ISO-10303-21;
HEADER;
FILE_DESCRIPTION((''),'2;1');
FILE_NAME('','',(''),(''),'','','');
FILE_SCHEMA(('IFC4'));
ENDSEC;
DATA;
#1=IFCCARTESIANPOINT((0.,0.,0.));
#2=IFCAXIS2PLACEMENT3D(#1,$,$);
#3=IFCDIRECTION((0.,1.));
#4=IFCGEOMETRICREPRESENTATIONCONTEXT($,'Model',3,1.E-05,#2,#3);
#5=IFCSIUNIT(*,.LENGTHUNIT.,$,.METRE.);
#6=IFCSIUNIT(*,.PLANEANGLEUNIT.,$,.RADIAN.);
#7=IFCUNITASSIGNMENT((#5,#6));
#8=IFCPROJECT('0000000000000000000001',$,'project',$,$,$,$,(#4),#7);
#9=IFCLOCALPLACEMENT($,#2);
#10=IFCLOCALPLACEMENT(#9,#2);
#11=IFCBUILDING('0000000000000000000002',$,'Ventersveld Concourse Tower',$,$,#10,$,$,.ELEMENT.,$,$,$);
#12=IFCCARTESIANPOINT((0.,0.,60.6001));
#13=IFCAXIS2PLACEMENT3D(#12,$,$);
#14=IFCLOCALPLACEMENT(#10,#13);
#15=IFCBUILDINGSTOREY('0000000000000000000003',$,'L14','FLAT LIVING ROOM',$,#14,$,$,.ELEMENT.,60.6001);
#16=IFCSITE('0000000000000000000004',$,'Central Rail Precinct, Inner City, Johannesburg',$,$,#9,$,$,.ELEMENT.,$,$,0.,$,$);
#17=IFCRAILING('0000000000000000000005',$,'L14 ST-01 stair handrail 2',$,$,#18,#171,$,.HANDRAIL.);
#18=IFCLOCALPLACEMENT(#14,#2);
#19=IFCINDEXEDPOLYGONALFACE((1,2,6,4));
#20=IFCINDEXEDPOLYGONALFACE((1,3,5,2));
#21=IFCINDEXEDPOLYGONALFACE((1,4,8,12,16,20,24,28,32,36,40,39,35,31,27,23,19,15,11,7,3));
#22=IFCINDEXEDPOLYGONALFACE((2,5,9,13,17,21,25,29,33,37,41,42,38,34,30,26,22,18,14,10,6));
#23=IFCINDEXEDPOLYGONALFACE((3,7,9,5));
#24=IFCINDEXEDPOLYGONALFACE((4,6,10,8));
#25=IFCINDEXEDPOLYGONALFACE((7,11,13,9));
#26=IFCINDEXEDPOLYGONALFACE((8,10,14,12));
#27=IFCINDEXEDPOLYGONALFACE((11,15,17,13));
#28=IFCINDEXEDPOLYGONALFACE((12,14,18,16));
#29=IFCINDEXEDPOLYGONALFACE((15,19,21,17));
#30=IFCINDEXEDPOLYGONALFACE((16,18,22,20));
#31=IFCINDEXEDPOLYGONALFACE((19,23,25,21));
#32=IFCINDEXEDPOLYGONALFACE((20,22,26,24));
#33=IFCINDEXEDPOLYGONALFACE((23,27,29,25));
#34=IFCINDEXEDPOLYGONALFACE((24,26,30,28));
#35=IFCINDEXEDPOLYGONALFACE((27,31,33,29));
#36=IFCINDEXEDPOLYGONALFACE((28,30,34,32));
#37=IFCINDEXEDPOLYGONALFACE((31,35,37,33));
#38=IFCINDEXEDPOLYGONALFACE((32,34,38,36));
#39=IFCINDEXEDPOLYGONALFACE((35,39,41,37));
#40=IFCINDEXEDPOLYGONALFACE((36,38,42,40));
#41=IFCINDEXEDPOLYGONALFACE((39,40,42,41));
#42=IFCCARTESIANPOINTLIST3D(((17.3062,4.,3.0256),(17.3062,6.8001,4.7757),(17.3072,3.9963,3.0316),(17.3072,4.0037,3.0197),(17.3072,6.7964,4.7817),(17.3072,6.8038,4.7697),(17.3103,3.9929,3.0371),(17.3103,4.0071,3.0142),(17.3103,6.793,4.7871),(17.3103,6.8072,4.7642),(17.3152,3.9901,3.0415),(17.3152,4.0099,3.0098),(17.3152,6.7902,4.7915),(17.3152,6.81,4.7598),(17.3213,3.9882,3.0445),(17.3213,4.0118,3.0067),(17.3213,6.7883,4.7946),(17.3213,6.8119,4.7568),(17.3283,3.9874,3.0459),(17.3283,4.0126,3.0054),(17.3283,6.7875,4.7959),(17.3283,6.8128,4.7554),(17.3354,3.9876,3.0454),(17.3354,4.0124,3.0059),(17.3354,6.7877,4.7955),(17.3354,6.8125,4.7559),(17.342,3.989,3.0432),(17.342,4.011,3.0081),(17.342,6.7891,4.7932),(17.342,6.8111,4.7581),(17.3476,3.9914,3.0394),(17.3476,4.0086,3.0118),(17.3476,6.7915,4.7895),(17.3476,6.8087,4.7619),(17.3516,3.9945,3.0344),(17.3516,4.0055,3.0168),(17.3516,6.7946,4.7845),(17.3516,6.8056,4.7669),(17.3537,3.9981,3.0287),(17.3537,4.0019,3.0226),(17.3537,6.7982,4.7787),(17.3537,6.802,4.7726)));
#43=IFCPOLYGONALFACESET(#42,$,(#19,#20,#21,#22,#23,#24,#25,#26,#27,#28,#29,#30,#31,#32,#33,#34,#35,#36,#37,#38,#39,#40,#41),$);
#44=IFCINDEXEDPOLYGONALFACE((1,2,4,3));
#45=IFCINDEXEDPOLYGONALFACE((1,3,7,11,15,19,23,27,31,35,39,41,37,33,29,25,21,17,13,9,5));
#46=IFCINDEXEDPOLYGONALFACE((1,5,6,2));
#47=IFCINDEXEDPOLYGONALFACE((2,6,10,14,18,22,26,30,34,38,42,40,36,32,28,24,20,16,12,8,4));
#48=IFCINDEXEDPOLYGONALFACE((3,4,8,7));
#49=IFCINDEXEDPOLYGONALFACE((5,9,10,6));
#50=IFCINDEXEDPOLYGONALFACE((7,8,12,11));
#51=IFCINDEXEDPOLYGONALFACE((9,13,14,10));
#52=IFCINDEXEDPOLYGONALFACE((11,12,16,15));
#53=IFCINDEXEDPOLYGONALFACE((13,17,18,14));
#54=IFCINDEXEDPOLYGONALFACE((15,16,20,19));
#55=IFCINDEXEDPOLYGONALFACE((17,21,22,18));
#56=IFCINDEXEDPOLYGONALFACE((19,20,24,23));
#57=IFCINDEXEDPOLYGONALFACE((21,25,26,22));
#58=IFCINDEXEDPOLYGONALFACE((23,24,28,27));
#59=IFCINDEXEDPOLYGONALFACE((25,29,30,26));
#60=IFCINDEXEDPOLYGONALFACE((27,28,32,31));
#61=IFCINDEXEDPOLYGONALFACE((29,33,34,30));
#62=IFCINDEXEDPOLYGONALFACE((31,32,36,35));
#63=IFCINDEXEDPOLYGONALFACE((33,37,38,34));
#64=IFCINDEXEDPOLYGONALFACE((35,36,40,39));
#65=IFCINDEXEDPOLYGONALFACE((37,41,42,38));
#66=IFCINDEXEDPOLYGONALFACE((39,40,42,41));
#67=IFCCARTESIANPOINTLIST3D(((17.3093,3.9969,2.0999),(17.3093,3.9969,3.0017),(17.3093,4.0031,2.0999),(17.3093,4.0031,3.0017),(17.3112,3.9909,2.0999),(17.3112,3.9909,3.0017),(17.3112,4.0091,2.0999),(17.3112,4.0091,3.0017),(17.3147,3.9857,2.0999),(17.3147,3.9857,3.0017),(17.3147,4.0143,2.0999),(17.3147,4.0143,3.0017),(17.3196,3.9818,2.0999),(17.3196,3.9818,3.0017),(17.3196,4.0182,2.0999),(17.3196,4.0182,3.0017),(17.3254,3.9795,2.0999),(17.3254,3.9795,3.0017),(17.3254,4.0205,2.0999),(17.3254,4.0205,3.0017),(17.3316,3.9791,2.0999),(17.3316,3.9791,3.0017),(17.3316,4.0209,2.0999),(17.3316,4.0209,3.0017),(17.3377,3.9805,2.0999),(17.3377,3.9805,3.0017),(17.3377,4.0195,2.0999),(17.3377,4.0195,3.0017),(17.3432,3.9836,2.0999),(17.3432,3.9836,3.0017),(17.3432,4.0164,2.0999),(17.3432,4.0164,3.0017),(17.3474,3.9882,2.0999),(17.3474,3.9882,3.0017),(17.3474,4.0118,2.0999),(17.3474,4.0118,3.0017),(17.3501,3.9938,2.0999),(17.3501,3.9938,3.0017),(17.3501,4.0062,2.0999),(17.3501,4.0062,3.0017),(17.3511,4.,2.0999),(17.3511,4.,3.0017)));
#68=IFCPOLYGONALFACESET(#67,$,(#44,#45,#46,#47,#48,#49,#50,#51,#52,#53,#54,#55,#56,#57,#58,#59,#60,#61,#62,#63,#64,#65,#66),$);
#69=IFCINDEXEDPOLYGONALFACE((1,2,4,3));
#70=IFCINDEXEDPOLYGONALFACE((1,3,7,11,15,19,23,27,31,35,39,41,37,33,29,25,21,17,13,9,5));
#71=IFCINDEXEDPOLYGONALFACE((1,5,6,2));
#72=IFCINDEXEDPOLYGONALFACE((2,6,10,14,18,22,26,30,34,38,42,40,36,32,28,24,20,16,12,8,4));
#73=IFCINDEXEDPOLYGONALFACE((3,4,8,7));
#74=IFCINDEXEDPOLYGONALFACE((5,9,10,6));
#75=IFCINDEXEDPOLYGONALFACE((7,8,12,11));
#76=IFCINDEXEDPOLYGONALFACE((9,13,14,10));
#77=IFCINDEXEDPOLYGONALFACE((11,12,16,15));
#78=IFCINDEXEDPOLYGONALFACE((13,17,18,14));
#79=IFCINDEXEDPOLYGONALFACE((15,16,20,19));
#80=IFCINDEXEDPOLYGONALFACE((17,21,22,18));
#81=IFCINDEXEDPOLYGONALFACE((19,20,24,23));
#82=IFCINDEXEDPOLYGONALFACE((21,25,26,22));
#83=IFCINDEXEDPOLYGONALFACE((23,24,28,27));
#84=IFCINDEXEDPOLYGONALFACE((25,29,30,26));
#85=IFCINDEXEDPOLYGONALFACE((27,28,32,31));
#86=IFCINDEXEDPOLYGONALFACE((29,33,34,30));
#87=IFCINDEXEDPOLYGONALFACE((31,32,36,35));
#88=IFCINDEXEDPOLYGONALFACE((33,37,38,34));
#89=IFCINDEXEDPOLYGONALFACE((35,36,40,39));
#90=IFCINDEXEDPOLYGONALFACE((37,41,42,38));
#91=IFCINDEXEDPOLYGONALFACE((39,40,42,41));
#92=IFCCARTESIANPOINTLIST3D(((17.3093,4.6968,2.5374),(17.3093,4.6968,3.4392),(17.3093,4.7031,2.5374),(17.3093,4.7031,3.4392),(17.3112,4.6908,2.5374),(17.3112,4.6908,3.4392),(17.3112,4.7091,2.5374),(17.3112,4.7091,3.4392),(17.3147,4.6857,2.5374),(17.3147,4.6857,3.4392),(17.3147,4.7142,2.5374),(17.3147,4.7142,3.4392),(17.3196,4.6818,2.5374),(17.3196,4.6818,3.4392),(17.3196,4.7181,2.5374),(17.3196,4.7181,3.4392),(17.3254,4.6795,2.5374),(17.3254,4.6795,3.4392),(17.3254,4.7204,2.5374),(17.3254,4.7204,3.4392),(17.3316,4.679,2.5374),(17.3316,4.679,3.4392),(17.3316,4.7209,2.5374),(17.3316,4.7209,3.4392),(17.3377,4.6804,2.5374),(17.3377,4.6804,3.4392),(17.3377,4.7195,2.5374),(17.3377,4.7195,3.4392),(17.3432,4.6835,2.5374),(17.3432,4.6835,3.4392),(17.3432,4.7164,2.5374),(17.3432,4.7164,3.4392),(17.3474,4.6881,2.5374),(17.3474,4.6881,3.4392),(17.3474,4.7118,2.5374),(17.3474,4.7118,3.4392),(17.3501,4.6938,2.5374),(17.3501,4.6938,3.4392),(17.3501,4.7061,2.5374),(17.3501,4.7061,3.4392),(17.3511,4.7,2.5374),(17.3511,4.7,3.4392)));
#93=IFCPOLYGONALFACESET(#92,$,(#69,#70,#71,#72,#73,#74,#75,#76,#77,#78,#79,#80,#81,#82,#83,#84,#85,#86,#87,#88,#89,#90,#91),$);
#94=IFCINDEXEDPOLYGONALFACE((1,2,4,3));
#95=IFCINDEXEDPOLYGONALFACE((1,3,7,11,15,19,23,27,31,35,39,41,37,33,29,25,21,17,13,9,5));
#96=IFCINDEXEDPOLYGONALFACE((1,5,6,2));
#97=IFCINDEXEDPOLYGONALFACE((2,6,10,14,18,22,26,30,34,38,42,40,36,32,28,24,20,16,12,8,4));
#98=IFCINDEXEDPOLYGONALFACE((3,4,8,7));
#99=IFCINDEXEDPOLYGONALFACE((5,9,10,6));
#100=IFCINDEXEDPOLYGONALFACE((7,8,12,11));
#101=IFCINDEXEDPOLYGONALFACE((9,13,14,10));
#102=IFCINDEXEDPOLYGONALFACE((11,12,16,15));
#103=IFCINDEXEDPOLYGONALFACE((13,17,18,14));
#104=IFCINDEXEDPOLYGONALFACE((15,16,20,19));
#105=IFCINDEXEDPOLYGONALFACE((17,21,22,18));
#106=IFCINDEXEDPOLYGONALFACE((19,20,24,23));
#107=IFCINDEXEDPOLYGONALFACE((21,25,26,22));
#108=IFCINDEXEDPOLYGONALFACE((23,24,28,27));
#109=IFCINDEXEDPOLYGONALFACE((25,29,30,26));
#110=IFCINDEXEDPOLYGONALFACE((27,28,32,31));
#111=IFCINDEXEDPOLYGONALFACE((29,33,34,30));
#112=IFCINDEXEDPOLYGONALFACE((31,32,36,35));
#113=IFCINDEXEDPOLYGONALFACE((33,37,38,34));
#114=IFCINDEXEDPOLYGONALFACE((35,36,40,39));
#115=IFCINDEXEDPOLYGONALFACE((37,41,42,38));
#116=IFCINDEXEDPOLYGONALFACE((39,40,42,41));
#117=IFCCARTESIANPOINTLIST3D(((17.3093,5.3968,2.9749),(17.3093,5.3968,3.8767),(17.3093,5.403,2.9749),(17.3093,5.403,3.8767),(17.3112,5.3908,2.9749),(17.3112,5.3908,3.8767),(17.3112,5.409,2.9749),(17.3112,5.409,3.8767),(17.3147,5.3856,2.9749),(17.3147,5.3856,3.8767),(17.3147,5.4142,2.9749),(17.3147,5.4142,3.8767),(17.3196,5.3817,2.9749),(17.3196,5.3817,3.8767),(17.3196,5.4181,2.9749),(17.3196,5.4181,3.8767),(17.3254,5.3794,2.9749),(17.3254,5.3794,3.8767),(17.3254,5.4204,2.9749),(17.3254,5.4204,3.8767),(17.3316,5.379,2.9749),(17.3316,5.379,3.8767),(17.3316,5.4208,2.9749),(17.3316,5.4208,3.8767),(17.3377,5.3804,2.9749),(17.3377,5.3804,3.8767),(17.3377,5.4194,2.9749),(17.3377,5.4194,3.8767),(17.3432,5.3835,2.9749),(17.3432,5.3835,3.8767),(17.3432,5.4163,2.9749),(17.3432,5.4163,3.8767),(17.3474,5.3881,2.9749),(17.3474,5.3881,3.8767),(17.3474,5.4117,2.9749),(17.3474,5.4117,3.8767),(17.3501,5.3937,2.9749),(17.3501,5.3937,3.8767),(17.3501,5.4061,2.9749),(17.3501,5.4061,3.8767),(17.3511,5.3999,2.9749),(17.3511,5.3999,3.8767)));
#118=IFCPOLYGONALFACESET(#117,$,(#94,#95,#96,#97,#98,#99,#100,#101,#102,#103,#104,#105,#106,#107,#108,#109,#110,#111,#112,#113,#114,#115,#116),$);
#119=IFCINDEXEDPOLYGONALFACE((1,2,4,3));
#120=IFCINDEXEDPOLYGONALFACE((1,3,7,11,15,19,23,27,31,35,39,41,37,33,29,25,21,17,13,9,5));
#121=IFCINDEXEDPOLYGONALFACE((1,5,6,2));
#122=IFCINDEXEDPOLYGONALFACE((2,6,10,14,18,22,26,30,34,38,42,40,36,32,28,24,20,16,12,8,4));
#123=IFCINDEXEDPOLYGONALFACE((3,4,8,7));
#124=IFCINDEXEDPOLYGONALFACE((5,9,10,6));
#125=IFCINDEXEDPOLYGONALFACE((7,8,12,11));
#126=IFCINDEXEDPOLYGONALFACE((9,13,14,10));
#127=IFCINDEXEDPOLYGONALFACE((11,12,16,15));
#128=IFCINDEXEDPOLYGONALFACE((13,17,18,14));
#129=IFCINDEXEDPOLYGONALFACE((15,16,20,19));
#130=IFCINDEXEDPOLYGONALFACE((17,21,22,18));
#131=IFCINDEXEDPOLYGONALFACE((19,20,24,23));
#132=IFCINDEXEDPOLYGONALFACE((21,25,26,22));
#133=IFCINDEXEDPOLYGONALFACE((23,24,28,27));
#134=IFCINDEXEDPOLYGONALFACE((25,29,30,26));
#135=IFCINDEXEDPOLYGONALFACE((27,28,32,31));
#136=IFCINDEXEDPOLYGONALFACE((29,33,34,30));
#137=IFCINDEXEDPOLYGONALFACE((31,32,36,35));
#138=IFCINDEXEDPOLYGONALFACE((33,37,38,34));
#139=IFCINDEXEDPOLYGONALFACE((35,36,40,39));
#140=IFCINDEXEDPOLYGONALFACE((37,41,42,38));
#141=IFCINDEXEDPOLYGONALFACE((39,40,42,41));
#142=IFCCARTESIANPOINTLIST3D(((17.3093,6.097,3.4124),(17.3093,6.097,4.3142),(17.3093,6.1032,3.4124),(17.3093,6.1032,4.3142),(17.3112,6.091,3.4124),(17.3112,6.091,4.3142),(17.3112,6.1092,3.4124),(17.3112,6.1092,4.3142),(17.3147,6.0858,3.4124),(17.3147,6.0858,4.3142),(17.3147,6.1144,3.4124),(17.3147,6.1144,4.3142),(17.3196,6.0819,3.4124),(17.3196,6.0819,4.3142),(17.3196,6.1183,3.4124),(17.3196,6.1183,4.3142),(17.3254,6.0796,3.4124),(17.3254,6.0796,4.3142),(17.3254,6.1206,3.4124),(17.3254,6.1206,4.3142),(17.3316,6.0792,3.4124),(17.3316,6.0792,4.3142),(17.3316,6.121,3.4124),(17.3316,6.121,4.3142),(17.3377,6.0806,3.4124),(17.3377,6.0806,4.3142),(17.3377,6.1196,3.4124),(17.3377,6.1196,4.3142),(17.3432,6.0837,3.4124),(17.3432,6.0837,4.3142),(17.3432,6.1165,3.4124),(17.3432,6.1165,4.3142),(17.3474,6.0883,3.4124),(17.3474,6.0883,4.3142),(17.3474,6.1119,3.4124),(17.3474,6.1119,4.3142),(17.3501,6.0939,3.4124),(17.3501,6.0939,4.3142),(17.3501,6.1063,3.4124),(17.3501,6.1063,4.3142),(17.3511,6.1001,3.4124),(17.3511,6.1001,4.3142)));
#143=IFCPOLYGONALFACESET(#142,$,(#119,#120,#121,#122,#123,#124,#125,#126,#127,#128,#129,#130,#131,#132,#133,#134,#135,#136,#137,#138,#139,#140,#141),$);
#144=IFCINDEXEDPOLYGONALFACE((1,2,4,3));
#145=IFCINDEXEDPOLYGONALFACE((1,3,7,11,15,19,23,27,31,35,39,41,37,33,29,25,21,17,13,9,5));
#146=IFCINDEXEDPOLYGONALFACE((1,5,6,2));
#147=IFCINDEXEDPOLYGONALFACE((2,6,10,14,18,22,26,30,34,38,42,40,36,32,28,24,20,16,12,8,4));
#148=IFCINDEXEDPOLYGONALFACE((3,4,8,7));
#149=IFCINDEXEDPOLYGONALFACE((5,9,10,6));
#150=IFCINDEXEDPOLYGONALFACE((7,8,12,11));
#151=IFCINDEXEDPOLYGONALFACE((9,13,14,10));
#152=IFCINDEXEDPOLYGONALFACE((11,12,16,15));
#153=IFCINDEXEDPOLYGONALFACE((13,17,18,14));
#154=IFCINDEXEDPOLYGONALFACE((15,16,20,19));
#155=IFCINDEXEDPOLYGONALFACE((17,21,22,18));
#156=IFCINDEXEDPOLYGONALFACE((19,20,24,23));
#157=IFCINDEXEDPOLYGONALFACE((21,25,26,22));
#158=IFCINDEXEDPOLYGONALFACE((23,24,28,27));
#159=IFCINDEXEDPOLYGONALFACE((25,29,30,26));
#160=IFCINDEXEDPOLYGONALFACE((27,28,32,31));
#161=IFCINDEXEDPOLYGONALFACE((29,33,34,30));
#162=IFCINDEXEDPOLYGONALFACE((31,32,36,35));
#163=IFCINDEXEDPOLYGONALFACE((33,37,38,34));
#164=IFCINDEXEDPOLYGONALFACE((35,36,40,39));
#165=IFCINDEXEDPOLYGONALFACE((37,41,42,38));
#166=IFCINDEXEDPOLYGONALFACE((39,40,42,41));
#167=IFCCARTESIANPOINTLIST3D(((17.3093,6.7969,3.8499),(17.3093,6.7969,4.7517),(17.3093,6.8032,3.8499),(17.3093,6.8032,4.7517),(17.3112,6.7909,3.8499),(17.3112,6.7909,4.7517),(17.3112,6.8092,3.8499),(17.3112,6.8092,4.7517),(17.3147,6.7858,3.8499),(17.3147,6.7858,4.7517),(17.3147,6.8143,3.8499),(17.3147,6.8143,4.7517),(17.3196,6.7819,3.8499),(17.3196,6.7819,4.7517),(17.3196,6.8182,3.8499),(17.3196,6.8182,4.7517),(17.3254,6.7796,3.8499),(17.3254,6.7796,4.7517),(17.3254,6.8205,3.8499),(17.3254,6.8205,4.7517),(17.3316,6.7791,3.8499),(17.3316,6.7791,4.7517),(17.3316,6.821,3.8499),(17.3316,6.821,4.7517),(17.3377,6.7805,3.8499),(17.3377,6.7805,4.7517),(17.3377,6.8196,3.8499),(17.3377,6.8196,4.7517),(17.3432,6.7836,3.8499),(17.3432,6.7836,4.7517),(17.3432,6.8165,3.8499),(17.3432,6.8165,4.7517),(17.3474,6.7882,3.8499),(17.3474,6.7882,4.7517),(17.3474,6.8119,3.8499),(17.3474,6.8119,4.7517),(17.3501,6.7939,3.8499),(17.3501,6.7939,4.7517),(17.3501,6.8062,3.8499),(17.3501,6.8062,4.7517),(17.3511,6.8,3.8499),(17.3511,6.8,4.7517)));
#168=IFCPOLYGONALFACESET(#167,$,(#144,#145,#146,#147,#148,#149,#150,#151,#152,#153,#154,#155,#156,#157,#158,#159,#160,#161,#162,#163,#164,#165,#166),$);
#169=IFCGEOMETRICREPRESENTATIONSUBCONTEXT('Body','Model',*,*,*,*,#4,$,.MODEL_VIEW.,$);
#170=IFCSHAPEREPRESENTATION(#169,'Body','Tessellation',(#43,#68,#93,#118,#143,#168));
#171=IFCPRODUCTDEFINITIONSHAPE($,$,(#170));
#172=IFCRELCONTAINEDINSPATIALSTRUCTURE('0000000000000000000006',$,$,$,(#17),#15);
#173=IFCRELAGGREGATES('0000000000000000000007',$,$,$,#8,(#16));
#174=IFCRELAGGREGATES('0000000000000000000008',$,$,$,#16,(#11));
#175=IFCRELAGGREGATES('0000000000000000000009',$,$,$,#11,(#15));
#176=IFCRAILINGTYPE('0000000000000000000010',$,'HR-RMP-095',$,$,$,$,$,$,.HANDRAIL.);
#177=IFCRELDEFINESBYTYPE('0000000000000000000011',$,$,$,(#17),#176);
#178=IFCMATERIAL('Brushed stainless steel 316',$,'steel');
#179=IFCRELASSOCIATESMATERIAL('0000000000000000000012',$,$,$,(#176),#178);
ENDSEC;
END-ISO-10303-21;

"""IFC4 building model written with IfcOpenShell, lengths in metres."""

from ifc_helpers import new_model, si_unit, direction, frame, origin, origin_2d, place, context, subcontext, project, spatial, circle, extrude, material, type_object, element, save


model = new_model("IFC4")

# Units and contexts
model_context = context("Model", 3, precision=1e-05, world=origin(), true_north=direction((0.0, 1.0)))
body_context = subcontext(model_context, "Body", "Model", "MODEL_VIEW")
ifc_project = project(units=[si_unit("LENGTHUNIT", "METRE"), si_unit("PLANEANGLEUNIT", "RADIAN")], contexts=[model_context])

# Site, building, storey
site_placement = place(None, origin())
site = spatial("IfcSite", under=ifc_project, at=site_placement, Name="Central Rail Precinct, Inner City, Johannesburg", CompositionType="ELEMENT", RefElevation=0.0)
building_placement = place(site_placement, origin())
building = spatial("IfcBuilding", under=site, at=building_placement, Name="Ventersveld Concourse Tower", CompositionType="ELEMENT")
storey_placement = place(building_placement, frame((0.0, 0.0, 60.6001)))
storey = spatial("IfcBuildingStorey", under=building, at=storey_placement, Name="L14", Description="FLAT LIVING ROOM", CompositionType="ELEMENT", Elevation=60.6001)

# Shared definitions
ifc_material_1 = material(Name="Brushed stainless steel 316", Category="steel")

# Railing
railing_type_1 = type_object("IfcRailingType", Name="HR-RMP-095", PredefinedType="HANDRAIL", material=ifc_material_1)
railing_1_placement = place(storey_placement, frame((17.3301, 4.0, 2.0999)))
element("IfcRailing", 1, at=railing_1_placement, inside=storey, type_object=railing_type_1, Name="L14 ST-01 stair handrail 2", PredefinedType="HANDRAIL", context=body_context, shape_type="SweptSolid", body=[
    extrude(circle(Radius=0.0239, at=origin_2d()), frame((0.0, 0.0, 0.9258), z_axis=(0.0, 0.848002, 0.529992), x_axis=(-1.0, 0.0, 0.0)), (0.0, 0.0, 1.0), 3.302),
    extrude(circle(Radius=0.021, at=origin_2d()), origin(), (0.0, 0.0, 1.0), 0.9019),
    extrude(circle(Radius=0.021, at=origin_2d()), frame((0.0, 0.7, 0.4375)), (0.0, 0.0, 1.0), 0.9019),
    extrude(circle(Radius=0.021, at=origin_2d()), frame((0.0, 1.3999, 0.875)), (0.0, 0.0, 1.0), 0.9019),
    extrude(circle(Radius=0.021, at=origin_2d()), frame((0.0, 2.1001, 1.3125)), (0.0, 0.0, 1.0), 0.9019),
    extrude(circle(Radius=0.021, at=origin_2d()), frame((0.0, 2.8, 1.75)), (0.0, 0.0, 1.0), 0.9019),
])

save(model, "model.ifc")
